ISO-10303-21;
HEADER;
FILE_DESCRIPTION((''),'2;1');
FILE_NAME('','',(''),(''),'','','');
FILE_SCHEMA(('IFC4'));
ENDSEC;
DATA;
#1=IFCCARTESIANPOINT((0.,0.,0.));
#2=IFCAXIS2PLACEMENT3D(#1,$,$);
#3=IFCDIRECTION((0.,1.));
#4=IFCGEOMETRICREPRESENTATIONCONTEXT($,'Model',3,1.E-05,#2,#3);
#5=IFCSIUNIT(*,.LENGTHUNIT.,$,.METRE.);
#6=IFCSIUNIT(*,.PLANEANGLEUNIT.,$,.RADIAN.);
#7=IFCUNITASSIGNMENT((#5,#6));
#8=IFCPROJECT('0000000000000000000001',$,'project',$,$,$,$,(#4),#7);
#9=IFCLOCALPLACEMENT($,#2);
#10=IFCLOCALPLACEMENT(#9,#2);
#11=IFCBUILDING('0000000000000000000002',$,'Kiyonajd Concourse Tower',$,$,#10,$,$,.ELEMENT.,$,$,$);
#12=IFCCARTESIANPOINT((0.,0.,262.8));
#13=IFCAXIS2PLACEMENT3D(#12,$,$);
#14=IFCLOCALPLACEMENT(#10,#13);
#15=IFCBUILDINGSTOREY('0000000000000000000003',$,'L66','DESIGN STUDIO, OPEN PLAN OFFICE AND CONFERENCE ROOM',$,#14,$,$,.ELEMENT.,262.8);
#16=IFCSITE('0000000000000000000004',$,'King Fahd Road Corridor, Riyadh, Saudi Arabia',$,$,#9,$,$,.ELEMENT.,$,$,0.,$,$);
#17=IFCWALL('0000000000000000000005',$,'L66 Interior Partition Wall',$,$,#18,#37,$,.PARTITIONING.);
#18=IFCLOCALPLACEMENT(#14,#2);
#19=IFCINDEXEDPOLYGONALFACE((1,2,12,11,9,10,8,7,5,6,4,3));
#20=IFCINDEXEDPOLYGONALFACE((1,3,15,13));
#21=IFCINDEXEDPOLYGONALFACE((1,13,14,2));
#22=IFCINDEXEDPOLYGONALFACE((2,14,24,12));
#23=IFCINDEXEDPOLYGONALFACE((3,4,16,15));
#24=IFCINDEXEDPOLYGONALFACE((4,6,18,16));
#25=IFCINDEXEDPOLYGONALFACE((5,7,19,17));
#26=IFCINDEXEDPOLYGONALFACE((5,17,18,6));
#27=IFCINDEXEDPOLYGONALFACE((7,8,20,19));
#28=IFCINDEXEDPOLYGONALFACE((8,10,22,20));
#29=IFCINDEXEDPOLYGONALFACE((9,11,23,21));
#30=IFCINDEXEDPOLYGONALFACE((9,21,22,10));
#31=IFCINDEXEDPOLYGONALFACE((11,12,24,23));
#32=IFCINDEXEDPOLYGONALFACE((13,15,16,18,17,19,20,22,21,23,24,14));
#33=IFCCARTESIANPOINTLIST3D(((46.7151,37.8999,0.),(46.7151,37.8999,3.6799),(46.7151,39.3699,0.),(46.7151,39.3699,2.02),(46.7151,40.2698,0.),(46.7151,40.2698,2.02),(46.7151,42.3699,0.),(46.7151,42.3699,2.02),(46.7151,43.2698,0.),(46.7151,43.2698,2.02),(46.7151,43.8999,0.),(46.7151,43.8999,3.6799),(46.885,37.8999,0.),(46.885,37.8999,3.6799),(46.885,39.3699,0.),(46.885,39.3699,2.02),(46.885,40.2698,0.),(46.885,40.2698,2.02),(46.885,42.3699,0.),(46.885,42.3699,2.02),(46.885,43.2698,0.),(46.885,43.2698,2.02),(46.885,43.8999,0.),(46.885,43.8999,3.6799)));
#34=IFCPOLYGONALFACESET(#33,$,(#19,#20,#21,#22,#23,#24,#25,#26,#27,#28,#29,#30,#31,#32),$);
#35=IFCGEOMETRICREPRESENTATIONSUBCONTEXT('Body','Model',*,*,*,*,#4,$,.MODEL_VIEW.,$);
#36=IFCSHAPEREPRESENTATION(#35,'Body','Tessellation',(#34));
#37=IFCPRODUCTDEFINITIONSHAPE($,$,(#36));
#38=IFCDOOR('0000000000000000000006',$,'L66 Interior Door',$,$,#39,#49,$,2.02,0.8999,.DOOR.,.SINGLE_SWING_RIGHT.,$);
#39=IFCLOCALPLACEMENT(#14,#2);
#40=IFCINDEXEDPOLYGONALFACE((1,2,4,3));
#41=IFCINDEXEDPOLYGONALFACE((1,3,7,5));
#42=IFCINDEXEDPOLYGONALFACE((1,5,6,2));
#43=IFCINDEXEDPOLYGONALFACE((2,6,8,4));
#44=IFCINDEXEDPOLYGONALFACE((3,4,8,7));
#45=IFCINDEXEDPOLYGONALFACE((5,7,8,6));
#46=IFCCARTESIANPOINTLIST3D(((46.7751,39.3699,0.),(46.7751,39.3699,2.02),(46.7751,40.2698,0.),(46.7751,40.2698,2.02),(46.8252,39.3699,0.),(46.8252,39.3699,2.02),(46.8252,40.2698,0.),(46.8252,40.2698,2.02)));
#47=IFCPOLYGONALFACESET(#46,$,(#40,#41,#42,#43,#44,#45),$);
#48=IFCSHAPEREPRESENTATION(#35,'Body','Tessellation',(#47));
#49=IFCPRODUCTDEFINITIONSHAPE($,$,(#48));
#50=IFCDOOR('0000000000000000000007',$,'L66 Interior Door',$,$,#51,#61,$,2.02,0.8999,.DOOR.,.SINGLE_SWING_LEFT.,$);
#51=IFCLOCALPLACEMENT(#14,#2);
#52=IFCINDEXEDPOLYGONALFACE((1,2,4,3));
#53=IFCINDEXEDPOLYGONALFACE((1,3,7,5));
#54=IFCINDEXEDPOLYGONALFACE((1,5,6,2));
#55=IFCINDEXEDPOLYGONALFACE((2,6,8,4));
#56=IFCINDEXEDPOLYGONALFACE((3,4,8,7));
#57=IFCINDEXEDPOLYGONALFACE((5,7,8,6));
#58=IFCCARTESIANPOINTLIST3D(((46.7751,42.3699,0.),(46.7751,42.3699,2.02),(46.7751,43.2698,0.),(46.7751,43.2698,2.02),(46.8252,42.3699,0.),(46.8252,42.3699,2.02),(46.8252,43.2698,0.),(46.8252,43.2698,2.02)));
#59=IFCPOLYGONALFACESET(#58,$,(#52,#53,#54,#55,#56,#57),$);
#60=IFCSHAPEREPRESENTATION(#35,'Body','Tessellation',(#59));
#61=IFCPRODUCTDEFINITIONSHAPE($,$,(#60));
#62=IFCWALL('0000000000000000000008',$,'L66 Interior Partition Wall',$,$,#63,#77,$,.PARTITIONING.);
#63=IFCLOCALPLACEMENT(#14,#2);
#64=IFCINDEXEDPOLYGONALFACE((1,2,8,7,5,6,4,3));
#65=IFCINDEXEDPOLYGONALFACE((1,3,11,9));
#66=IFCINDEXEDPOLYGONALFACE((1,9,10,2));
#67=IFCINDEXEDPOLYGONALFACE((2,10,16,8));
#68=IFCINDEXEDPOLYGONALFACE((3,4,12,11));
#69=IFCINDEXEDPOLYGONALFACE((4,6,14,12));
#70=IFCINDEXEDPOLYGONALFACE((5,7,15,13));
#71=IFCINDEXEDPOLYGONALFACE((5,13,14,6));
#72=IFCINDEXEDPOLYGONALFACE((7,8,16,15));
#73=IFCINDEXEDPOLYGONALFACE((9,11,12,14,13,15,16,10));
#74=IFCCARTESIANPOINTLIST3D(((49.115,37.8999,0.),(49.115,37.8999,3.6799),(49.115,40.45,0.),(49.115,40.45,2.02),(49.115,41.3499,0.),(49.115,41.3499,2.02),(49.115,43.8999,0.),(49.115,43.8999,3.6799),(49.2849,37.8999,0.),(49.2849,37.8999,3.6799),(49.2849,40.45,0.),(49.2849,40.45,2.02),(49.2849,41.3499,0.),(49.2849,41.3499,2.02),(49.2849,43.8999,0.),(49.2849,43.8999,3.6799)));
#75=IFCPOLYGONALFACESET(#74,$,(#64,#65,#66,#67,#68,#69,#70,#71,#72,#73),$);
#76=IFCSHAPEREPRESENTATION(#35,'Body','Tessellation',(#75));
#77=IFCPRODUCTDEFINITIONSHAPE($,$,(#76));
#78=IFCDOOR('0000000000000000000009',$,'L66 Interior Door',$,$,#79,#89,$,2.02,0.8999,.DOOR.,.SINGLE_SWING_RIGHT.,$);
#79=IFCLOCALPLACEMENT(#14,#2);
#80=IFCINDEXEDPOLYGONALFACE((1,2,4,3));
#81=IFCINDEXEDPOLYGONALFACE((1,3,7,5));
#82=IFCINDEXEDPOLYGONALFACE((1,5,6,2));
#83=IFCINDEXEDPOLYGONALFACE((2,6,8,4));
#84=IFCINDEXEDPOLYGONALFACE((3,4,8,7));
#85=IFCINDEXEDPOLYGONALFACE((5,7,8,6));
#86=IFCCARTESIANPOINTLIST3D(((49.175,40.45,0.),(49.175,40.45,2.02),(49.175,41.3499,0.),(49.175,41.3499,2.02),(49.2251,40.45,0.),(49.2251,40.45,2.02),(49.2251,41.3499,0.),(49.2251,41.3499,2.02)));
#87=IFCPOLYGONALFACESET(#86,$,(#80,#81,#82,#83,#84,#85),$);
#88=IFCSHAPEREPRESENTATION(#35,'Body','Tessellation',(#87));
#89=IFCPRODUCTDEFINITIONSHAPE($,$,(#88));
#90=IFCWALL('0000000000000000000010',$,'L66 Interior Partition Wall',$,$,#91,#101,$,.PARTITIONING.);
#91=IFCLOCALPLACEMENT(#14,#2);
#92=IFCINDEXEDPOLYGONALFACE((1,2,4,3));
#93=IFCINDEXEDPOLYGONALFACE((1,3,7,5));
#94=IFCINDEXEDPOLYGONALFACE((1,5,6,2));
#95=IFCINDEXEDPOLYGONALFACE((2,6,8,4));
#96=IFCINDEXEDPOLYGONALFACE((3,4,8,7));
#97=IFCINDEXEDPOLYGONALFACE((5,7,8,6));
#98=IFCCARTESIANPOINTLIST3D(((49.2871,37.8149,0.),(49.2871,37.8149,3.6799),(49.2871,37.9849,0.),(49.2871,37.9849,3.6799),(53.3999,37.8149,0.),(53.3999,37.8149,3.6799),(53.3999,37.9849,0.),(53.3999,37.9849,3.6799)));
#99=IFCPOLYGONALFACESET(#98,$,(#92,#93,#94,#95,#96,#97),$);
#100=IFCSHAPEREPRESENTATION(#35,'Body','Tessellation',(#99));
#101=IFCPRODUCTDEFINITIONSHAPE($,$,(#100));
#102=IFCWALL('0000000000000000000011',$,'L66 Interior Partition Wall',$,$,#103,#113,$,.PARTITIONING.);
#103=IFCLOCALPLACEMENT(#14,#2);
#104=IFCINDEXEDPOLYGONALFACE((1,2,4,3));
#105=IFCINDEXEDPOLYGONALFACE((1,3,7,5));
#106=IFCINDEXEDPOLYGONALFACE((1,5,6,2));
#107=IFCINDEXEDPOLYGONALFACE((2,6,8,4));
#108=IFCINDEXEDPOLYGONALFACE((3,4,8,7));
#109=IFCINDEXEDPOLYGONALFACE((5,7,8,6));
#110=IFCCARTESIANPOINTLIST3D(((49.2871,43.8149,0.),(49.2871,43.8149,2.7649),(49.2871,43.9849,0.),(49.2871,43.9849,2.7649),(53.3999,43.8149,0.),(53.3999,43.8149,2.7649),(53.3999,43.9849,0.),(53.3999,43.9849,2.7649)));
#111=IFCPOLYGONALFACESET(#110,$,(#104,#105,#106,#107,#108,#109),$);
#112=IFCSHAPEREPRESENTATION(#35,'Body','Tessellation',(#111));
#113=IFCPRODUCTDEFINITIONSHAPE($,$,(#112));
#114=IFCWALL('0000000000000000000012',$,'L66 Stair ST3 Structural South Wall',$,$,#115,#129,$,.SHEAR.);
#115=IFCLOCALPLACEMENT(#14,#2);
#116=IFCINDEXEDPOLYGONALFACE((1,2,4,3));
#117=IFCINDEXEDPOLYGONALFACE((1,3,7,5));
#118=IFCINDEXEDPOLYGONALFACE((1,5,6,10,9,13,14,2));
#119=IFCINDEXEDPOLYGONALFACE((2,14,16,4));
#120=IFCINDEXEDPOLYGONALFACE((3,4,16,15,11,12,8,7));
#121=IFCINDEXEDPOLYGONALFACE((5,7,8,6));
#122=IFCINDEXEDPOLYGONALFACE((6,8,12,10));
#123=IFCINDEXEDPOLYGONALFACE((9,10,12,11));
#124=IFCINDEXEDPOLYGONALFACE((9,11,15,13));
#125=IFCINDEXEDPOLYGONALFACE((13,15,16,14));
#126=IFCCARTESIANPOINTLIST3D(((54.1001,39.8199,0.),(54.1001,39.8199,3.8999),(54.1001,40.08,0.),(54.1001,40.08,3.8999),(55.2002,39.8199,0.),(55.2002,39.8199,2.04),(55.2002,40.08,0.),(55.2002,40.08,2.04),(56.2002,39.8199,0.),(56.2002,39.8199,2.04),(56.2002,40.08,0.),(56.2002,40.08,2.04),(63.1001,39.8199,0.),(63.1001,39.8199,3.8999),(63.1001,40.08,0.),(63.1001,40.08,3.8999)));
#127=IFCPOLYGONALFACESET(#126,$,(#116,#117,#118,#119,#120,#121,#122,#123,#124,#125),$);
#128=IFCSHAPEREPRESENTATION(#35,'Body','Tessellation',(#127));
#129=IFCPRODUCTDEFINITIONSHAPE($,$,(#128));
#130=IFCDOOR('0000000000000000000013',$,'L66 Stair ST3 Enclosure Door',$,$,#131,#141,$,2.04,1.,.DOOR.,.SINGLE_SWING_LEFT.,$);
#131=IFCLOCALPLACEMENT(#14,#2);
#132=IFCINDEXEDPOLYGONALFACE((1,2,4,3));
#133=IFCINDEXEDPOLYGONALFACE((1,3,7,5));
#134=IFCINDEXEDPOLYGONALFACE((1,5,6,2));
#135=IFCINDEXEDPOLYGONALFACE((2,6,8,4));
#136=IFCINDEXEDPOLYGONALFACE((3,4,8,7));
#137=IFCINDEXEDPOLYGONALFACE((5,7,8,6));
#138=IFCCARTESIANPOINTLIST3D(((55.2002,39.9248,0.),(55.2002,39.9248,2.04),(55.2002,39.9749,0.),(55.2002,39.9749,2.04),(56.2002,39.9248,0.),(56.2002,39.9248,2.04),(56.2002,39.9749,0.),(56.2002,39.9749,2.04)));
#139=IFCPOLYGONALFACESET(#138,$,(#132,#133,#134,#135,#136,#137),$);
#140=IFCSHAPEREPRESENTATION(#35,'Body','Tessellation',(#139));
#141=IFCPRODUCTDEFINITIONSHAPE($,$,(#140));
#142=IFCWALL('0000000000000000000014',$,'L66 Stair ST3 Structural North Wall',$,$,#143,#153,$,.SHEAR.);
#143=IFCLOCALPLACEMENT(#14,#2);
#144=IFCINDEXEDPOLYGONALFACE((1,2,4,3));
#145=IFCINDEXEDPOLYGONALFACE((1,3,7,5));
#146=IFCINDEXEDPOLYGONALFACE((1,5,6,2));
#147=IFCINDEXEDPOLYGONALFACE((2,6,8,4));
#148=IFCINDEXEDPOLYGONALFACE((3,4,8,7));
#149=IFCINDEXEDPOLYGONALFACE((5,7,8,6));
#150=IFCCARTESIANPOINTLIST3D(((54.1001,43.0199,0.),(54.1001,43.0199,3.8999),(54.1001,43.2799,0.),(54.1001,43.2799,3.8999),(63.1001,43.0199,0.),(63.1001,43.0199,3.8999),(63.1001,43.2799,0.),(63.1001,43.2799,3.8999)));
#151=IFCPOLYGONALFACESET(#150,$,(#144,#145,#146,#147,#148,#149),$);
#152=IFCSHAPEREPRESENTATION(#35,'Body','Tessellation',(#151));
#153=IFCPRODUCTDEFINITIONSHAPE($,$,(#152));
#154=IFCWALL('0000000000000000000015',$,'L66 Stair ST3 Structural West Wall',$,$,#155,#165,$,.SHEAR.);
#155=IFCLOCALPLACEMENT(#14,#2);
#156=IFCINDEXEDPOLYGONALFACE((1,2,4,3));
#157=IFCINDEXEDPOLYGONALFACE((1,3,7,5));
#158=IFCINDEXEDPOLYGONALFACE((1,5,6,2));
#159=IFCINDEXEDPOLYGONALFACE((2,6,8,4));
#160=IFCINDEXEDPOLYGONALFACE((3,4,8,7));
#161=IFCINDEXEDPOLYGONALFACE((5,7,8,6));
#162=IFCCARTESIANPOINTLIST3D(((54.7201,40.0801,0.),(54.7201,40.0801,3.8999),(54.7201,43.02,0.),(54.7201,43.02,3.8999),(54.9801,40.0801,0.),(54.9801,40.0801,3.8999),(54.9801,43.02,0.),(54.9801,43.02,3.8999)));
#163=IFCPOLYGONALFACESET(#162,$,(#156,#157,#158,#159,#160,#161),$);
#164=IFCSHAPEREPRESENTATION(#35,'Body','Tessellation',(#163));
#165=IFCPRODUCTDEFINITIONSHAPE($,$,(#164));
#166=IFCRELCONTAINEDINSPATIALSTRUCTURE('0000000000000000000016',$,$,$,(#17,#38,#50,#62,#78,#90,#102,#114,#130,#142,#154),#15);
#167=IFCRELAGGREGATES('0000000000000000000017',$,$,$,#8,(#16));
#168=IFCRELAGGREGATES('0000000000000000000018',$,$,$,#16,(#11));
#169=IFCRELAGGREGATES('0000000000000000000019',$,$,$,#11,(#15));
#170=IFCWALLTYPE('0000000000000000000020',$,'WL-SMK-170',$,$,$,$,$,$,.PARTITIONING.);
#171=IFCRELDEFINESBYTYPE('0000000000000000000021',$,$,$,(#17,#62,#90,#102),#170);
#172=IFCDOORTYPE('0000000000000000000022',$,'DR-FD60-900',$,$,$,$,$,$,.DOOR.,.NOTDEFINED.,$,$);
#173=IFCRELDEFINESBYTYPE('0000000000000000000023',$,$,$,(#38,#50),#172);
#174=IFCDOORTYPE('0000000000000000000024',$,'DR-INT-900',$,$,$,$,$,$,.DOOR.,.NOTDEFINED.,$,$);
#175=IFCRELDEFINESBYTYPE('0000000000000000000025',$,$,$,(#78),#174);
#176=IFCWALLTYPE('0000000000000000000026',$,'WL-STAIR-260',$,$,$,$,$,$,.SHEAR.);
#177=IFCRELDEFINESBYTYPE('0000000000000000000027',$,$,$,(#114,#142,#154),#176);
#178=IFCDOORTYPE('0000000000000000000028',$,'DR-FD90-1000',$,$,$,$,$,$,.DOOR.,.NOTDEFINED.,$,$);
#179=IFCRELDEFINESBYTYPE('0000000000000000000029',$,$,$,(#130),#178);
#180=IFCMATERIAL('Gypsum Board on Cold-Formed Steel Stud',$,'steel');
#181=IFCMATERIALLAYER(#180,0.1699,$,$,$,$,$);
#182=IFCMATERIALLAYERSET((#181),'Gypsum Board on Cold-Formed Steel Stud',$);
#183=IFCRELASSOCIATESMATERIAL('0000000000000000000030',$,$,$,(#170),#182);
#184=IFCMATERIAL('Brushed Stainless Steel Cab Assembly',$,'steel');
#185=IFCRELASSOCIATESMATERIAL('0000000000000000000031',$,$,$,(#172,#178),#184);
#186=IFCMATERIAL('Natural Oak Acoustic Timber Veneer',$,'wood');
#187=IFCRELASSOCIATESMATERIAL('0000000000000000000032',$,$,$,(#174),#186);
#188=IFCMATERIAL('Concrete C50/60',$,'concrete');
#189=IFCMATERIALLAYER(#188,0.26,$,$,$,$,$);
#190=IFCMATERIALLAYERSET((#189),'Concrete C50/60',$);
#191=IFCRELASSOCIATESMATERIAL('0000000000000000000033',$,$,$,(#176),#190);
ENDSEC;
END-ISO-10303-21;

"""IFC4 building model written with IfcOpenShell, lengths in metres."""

from ifc_helpers import new_model, si_unit, direction, frame, frame_2d, origin, place, context, subcontext, project, spatial, rectangle, extrude, material, layer, layer_set, type_object, element, fill, save


model = new_model("IFC4")

# Units and contexts
model_context = context("Model", 3, precision=1e-05, world=origin(), true_north=direction((0.0, 1.0)))
body_context = subcontext(model_context, "Body", "Model", "MODEL_VIEW")
ifc_project = project(units=[si_unit("LENGTHUNIT", "METRE"), si_unit("PLANEANGLEUNIT", "RADIAN")], contexts=[model_context])

# Site, building, storey
site_placement = place(None, origin())
site = spatial("IfcSite", under=ifc_project, at=site_placement, Name="King Fahd Road Corridor, Riyadh, Saudi Arabia", CompositionType="ELEMENT", RefElevation=0.0)
building_placement = place(site_placement, origin())
building = spatial("IfcBuilding", under=site, at=building_placement, Name="Kiyonajd Concourse Tower", CompositionType="ELEMENT")
storey_placement = place(building_placement, frame((0.0, 0.0, 262.8)))
storey = spatial("IfcBuildingStorey", under=building, at=storey_placement, Name="L66", Description="DESIGN STUDIO, OPEN PLAN OFFICE AND CONFERENCE ROOM", CompositionType="ELEMENT", Elevation=262.8)

# Shared definitions
ifc_material_1 = material(Name="Concrete C50/60", Category="concrete")

# Shared definitions
ifc_material_2 = material(Name="Gypsum Board on Cold-Formed Steel Stud", Category="steel")

# Wall, openings, doors
ifc_layer_1 = layer(ifc_material_2, 0.1699)
ifc_layer_set_1 = layer_set([ifc_layer_1], Name="Gypsum Board on Cold-Formed Steel Stud")
wall_type_1 = type_object("IfcWallType", Name="WL-SMK-170", PredefinedType="PARTITIONING", material=ifc_layer_set_1)
wall_1_placement = place(storey_placement, frame((46.8, 37.8999, 0.0), z_axis=(0.0, 0.0, 1.0), x_axis=(0.0, 1.0, 0.0)))
wall_1 = element("IfcWall", 1, at=wall_1_placement, inside=storey, type_object=wall_type_1, Name="L66 Interior Partition Wall", PredefinedType="PARTITIONING", context=body_context, shape_type="SweptSolid", body=[
    extrude(rectangle(XDim=6.0, YDim=0.1699, at=frame_2d((3.0, 0.0))), origin(), (0.0, 0.0, 1.0), 3.6799),
])
opening_1_placement = place(wall_1_placement, frame((1.47, 0.0, 0.0)))
opening_1 = element("IfcOpeningElement", 2, at=opening_1_placement, cuts=wall_1, PredefinedType="OPENING", context=body_context, shape_type="SweptSolid", body=[
    extrude(rectangle(XDim=0.8999, YDim=2.02, at=frame_2d((0.45, 1.01))), frame((0.0, 0.095, 0.0), z_axis=(0.0, -1.0, 0.0), x_axis=(1.0, 0.0, 0.0)), (0.0, 0.0, 1.0), 0.1899),
])
opening_2_placement = place(wall_1_placement, frame((4.47, 0.0, 0.0)))
opening_2 = element("IfcOpeningElement", 3, at=opening_2_placement, cuts=wall_1, PredefinedType="OPENING", context=body_context, shape_type="SweptSolid", body=[
    extrude(rectangle(XDim=0.8999, YDim=2.02, at=frame_2d((0.45, 1.01))), frame((0.0, 0.095, 0.0), z_axis=(0.0, -1.0, 0.0), x_axis=(1.0, 0.0, 0.0)), (0.0, 0.0, 1.0), 0.1899),
])
ifc_material_3 = material(Name="Brushed Stainless Steel Cab Assembly", Category="steel")
door_type_1 = type_object("IfcDoorType", Name="DR-FD60-900", OperationType="NOTDEFINED", PredefinedType="DOOR", material=ifc_material_3)
door_1_placement = place(opening_1_placement, origin())
door_1 = element("IfcDoor", 4, at=door_1_placement, inside=storey, type_object=door_type_1, Name="L66 Interior Door", OperationType="SINGLE_SWING_RIGHT", OverallHeight=2.02, OverallWidth=0.8999, PredefinedType="DOOR", context=body_context, shape_type="SweptSolid", body=[
    extrude(rectangle(XDim=0.8999, YDim=2.02, at=frame_2d((0.45, 1.01))), frame((0.0, 0.0249, 0.0), z_axis=(0.0, -1.0, 0.0), x_axis=(1.0, 0.0, 0.0)), (0.0, 0.0, 1.0), 0.05),
])
fill(opening_1, door_1)
door_2_placement = place(opening_2_placement, origin())
door_2 = element("IfcDoor", 5, at=door_2_placement, inside=storey, type_object=door_type_1, Name="L66 Interior Door", OperationType="SINGLE_SWING_LEFT", OverallHeight=2.02, OverallWidth=0.8999, PredefinedType="DOOR", context=body_context, shape_type="SweptSolid", body=[
    extrude(rectangle(XDim=0.8999, YDim=2.02, at=frame_2d((0.45, 1.01))), frame((0.0, 0.0249, 0.0), z_axis=(0.0, -1.0, 0.0), x_axis=(1.0, 0.0, 0.0)), (0.0, 0.0, 1.0), 0.05),
])
fill(opening_2, door_2)

# Wall, opening, door
wall_2_placement = place(storey_placement, frame((49.2, 37.8999, 0.0), z_axis=(0.0, 0.0, 1.0), x_axis=(0.0, 1.0, 0.0)))
wall_2 = element("IfcWall", 6, at=wall_2_placement, inside=storey, type_object=wall_type_1, Name="L66 Interior Partition Wall", PredefinedType="PARTITIONING", context=body_context, shape_type="SweptSolid", body=[
    extrude(rectangle(XDim=6.0, YDim=0.1699, at=frame_2d((3.0, 0.0))), origin(), (0.0, 0.0, 1.0), 3.6799),
])
opening_3_placement = place(wall_2_placement, frame((2.55, 0.0, 0.0)))
opening_3 = element("IfcOpeningElement", 7, at=opening_3_placement, cuts=wall_2, PredefinedType="OPENING", context=body_context, shape_type="SweptSolid", body=[
    extrude(rectangle(XDim=0.8999, YDim=2.02, at=frame_2d((0.45, 1.01))), frame((0.0, 0.095, 0.0), z_axis=(0.0, -1.0, 0.0), x_axis=(1.0, 0.0, 0.0)), (0.0, 0.0, 1.0), 0.1899),
])
ifc_material_4 = material(Name="Natural Oak Acoustic Timber Veneer", Category="wood")
door_type_2 = type_object("IfcDoorType", Name="DR-INT-900", OperationType="NOTDEFINED", PredefinedType="DOOR", material=ifc_material_4)
door_3_placement = place(opening_3_placement, origin())
door_3 = element("IfcDoor", 8, at=door_3_placement, inside=storey, type_object=door_type_2, Name="L66 Interior Door", OperationType="SINGLE_SWING_RIGHT", OverallHeight=2.02, OverallWidth=0.8999, PredefinedType="DOOR", context=body_context, shape_type="SweptSolid", body=[
    extrude(rectangle(XDim=0.8999, YDim=2.02, at=frame_2d((0.45, 1.01))), frame((0.0, 0.0249, 0.0), z_axis=(0.0, -1.0, 0.0), x_axis=(1.0, 0.0, 0.0)), (0.0, 0.0, 1.0), 0.05),
])
fill(opening_3, door_3)

# Walls
wall_3_placement = place(storey_placement, frame((49.2871, 37.8999, 0.0), z_axis=(0.0, 0.0, 1.0), x_axis=(1.0, 0.0, 0.0)))
element("IfcWall", 9, at=wall_3_placement, inside=storey, type_object=wall_type_1, Name="L66 Interior Partition Wall", PredefinedType="PARTITIONING", context=body_context, shape_type="SweptSolid", body=[
    extrude(rectangle(XDim=4.1128, YDim=0.1699, at=frame_2d((2.0564, 0.0))), origin(), (0.0, 0.0, 1.0), 3.6799),
])
wall_4_placement = place(storey_placement, frame((49.2871, 43.8999, 0.0), z_axis=(0.0, 0.0, 1.0), x_axis=(1.0, 0.0, 0.0)))
element("IfcWall", 10, at=wall_4_placement, inside=storey, type_object=wall_type_1, Name="L66 Interior Partition Wall", PredefinedType="PARTITIONING", context=body_context, shape_type="SweptSolid", body=[
    extrude(rectangle(XDim=4.1128, YDim=0.1699, at=frame_2d((2.0564, 0.0))), origin(), (0.0, 0.0, 1.0), 2.7649),
])

# Wall, opening, door
ifc_layer_2 = layer(ifc_material_1, 0.26)
ifc_layer_set_2 = layer_set([ifc_layer_2], Name="Concrete C50/60")
wall_type_2 = type_object("IfcWallType", Name="WL-STAIR-260", PredefinedType="SHEAR", material=ifc_layer_set_2)
wall_5_placement = place(storey_placement, frame((54.1001, 39.95, 0.0), z_axis=(0.0, 0.0, 1.0), x_axis=(1.0, 0.0, 0.0)))
wall_5 = element("IfcWall", 11, at=wall_5_placement, inside=storey, type_object=wall_type_2, Name="L66 Stair ST3 Structural South Wall", PredefinedType="SHEAR", context=body_context, shape_type="SweptSolid", body=[
    extrude(rectangle(XDim=9.0, YDim=0.26, at=frame_2d((4.5, 0.0))), origin(), (0.0, 0.0, 1.0), 3.8999),
])
opening_4_placement = place(wall_5_placement, frame((1.1001, 0.0, 0.0)))
opening_4 = element("IfcOpeningElement", 12, at=opening_4_placement, cuts=wall_5, PredefinedType="OPENING", context=body_context, shape_type="SweptSolid", body=[
    extrude(rectangle(XDim=1.0, YDim=2.04, at=frame_2d((0.5, 1.02))), frame((0.0, 0.1399, 0.0), z_axis=(0.0, -1.0, 0.0), x_axis=(1.0, 0.0, 0.0)), (0.0, 0.0, 1.0), 0.28),
])
door_type_3 = type_object("IfcDoorType", Name="DR-FD90-1000", OperationType="NOTDEFINED", PredefinedType="DOOR", material=ifc_material_3)
door_4_placement = place(opening_4_placement, origin())
door_4 = element("IfcDoor", 13, at=door_4_placement, inside=storey, type_object=door_type_3, Name="L66 Stair ST3 Enclosure Door", OperationType="SINGLE_SWING_LEFT", OverallHeight=2.04, OverallWidth=1.0, PredefinedType="DOOR", context=body_context, shape_type="SweptSolid", body=[
    extrude(rectangle(XDim=1.0, YDim=2.04, at=frame_2d((0.5, 1.02))), frame((0.0, 0.0249, 0.0), z_axis=(0.0, -1.0, 0.0), x_axis=(1.0, 0.0, 0.0)), (0.0, 0.0, 1.0), 0.05),
])
fill(opening_4, door_4)

# Walls
wall_6_placement = place(storey_placement, frame((54.1001, 43.1499, 0.0), z_axis=(0.0, 0.0, 1.0), x_axis=(1.0, 0.0, 0.0)))
element("IfcWall", 14, at=wall_6_placement, inside=storey, type_object=wall_type_2, Name="L66 Stair ST3 Structural North Wall", PredefinedType="SHEAR", context=body_context, shape_type="SweptSolid", body=[
    extrude(rectangle(XDim=9.0, YDim=0.26, at=frame_2d((4.5, 0.0))), origin(), (0.0, 0.0, 1.0), 3.8999),
])
wall_7_placement = place(storey_placement, frame((54.8501, 40.0801, 0.0), z_axis=(0.0, 0.0, 1.0), x_axis=(0.0, 1.0, 0.0)))
element("IfcWall", 15, at=wall_7_placement, inside=storey, type_object=wall_type_2, Name="L66 Stair ST3 Structural West Wall", PredefinedType="SHEAR", context=body_context, shape_type="SweptSolid", body=[
    extrude(rectangle(XDim=2.9399, YDim=0.26, at=frame_2d((1.47, 0.0))), origin(), (0.0, 0.0, 1.0), 3.8999),
])

save(model, "model.ifc")
